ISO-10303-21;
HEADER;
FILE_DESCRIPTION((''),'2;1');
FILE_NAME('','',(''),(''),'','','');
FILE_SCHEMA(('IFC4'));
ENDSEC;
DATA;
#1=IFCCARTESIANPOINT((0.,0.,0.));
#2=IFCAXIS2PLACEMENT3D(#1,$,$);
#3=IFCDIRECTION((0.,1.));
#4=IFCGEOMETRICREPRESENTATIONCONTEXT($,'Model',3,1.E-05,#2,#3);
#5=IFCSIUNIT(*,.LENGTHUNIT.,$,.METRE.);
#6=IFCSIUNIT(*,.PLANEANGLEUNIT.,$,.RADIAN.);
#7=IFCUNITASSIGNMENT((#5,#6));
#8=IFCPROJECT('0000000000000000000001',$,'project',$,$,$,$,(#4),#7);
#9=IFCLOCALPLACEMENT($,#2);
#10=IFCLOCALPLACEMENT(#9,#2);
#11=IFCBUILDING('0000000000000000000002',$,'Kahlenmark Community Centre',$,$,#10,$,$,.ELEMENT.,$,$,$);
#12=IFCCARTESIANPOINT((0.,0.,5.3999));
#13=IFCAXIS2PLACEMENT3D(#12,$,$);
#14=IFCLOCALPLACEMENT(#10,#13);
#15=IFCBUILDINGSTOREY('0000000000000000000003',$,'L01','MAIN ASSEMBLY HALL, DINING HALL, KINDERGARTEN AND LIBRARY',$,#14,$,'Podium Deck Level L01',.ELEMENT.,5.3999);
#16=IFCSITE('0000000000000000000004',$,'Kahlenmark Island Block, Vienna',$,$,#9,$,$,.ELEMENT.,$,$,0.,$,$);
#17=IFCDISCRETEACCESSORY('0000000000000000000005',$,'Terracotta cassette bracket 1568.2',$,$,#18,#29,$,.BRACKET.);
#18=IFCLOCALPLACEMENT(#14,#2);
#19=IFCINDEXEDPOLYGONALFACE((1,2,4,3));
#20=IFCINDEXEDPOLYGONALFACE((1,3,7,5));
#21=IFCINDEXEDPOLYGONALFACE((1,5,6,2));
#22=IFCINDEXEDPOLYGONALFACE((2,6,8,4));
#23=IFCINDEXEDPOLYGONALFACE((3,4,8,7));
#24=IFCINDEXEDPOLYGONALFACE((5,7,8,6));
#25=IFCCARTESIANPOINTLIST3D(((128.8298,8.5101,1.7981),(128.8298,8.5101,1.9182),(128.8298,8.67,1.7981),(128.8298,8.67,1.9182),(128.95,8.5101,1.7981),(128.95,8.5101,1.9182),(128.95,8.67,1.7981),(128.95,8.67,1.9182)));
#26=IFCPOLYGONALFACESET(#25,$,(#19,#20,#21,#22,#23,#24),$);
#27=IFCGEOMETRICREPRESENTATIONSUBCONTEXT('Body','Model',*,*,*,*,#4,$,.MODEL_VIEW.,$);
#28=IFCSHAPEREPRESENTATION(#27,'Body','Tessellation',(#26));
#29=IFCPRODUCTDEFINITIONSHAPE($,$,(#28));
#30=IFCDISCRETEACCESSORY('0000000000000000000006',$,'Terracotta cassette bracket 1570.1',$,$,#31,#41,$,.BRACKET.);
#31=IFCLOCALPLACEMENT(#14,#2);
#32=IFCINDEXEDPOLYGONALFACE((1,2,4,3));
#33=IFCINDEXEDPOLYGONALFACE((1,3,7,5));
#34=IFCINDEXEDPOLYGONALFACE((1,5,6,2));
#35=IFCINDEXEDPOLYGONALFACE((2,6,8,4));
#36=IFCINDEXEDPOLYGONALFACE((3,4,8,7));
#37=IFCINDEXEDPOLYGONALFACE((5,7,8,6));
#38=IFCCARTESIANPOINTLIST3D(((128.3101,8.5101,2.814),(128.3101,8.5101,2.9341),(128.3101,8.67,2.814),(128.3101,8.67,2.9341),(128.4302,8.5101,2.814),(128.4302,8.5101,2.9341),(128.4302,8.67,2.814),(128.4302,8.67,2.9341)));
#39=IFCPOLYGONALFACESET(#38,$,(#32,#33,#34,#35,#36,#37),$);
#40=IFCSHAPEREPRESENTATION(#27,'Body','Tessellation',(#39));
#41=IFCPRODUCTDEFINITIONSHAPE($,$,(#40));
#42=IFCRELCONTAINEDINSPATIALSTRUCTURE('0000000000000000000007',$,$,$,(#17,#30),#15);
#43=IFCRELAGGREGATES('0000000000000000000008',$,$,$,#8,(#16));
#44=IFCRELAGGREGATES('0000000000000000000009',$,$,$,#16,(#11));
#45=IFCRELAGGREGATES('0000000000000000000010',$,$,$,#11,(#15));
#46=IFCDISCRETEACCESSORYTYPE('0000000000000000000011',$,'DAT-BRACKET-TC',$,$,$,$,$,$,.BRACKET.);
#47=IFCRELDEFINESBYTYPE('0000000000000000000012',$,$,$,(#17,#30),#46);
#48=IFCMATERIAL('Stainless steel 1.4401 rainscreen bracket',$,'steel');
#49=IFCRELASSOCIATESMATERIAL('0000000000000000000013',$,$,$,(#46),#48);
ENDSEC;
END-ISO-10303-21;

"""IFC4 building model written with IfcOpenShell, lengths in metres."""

from ifc_helpers import new_model, si_unit, direction, frame, origin, origin_2d, place, context, subcontext, project, spatial, rectangle, extrude, material, type_object, element, save


model = new_model("IFC4")

# Units and contexts
model_context = context("Model", 3, precision=1e-05, world=origin(), true_north=direction((0.0, 1.0)))
body_context = subcontext(model_context, "Body", "Model", "MODEL_VIEW")
ifc_project = project(units=[si_unit("LENGTHUNIT", "METRE"), si_unit("PLANEANGLEUNIT", "RADIAN")], contexts=[model_context])

# Site, building, storey
site_placement = place(None, origin())
site = spatial("IfcSite", under=ifc_project, at=site_placement, Name="Kahlenmark Island Block, Vienna", CompositionType="ELEMENT", RefElevation=0.0)
building_placement = place(site_placement, origin())
building = spatial("IfcBuilding", under=site, at=building_placement, Name="Kahlenmark Community Centre", CompositionType="ELEMENT")
storey_placement = place(building_placement, frame((0.0, 0.0, 5.3999)))
storey = spatial("IfcBuildingStorey", under=building, at=storey_placement, Name="L01", Description="MAIN ASSEMBLY HALL, DINING HALL, KINDERGARTEN AND LIBRARY", LongName="Podium Deck Level L01", CompositionType="ELEMENT", Elevation=5.3999)

# Discrete accessories
ifc_material_1 = material(Name="Stainless steel 1.4401 rainscreen bracket", Category="steel")
discrete_accessory_type = type_object("IfcDiscreteAccessoryType", Name="DAT-BRACKET-TC", PredefinedType="BRACKET", material=ifc_material_1)
for number, where, z_axis, x_axis, name in (
    (1, (128.8899, 8.5901, 1.7981), (0.0, 0.0, 1.0), (1.0, 0.0, 0.0), "Terracotta cassette bracket 1568.2"),
    (2, (128.3701, 8.5901, 2.814), (0.0, 0.0, 1.0), (1.0, 0.0, 0.0), "Terracotta cassette bracket 1570.1"),
):
    element("IfcDiscreteAccessory", number, at=place(storey_placement, frame(where, z_axis=z_axis, x_axis=x_axis)), inside=storey, type_object=discrete_accessory_type, Name=name, PredefinedType="BRACKET", context=body_context, shape_type="SweptSolid", body=[
        extrude(rectangle(XDim=0.1201, YDim=0.1599, at=origin_2d()), origin(), (0.0, 0.0, 1.0), 0.1201),
    ])

save(model, "model.ifc")
